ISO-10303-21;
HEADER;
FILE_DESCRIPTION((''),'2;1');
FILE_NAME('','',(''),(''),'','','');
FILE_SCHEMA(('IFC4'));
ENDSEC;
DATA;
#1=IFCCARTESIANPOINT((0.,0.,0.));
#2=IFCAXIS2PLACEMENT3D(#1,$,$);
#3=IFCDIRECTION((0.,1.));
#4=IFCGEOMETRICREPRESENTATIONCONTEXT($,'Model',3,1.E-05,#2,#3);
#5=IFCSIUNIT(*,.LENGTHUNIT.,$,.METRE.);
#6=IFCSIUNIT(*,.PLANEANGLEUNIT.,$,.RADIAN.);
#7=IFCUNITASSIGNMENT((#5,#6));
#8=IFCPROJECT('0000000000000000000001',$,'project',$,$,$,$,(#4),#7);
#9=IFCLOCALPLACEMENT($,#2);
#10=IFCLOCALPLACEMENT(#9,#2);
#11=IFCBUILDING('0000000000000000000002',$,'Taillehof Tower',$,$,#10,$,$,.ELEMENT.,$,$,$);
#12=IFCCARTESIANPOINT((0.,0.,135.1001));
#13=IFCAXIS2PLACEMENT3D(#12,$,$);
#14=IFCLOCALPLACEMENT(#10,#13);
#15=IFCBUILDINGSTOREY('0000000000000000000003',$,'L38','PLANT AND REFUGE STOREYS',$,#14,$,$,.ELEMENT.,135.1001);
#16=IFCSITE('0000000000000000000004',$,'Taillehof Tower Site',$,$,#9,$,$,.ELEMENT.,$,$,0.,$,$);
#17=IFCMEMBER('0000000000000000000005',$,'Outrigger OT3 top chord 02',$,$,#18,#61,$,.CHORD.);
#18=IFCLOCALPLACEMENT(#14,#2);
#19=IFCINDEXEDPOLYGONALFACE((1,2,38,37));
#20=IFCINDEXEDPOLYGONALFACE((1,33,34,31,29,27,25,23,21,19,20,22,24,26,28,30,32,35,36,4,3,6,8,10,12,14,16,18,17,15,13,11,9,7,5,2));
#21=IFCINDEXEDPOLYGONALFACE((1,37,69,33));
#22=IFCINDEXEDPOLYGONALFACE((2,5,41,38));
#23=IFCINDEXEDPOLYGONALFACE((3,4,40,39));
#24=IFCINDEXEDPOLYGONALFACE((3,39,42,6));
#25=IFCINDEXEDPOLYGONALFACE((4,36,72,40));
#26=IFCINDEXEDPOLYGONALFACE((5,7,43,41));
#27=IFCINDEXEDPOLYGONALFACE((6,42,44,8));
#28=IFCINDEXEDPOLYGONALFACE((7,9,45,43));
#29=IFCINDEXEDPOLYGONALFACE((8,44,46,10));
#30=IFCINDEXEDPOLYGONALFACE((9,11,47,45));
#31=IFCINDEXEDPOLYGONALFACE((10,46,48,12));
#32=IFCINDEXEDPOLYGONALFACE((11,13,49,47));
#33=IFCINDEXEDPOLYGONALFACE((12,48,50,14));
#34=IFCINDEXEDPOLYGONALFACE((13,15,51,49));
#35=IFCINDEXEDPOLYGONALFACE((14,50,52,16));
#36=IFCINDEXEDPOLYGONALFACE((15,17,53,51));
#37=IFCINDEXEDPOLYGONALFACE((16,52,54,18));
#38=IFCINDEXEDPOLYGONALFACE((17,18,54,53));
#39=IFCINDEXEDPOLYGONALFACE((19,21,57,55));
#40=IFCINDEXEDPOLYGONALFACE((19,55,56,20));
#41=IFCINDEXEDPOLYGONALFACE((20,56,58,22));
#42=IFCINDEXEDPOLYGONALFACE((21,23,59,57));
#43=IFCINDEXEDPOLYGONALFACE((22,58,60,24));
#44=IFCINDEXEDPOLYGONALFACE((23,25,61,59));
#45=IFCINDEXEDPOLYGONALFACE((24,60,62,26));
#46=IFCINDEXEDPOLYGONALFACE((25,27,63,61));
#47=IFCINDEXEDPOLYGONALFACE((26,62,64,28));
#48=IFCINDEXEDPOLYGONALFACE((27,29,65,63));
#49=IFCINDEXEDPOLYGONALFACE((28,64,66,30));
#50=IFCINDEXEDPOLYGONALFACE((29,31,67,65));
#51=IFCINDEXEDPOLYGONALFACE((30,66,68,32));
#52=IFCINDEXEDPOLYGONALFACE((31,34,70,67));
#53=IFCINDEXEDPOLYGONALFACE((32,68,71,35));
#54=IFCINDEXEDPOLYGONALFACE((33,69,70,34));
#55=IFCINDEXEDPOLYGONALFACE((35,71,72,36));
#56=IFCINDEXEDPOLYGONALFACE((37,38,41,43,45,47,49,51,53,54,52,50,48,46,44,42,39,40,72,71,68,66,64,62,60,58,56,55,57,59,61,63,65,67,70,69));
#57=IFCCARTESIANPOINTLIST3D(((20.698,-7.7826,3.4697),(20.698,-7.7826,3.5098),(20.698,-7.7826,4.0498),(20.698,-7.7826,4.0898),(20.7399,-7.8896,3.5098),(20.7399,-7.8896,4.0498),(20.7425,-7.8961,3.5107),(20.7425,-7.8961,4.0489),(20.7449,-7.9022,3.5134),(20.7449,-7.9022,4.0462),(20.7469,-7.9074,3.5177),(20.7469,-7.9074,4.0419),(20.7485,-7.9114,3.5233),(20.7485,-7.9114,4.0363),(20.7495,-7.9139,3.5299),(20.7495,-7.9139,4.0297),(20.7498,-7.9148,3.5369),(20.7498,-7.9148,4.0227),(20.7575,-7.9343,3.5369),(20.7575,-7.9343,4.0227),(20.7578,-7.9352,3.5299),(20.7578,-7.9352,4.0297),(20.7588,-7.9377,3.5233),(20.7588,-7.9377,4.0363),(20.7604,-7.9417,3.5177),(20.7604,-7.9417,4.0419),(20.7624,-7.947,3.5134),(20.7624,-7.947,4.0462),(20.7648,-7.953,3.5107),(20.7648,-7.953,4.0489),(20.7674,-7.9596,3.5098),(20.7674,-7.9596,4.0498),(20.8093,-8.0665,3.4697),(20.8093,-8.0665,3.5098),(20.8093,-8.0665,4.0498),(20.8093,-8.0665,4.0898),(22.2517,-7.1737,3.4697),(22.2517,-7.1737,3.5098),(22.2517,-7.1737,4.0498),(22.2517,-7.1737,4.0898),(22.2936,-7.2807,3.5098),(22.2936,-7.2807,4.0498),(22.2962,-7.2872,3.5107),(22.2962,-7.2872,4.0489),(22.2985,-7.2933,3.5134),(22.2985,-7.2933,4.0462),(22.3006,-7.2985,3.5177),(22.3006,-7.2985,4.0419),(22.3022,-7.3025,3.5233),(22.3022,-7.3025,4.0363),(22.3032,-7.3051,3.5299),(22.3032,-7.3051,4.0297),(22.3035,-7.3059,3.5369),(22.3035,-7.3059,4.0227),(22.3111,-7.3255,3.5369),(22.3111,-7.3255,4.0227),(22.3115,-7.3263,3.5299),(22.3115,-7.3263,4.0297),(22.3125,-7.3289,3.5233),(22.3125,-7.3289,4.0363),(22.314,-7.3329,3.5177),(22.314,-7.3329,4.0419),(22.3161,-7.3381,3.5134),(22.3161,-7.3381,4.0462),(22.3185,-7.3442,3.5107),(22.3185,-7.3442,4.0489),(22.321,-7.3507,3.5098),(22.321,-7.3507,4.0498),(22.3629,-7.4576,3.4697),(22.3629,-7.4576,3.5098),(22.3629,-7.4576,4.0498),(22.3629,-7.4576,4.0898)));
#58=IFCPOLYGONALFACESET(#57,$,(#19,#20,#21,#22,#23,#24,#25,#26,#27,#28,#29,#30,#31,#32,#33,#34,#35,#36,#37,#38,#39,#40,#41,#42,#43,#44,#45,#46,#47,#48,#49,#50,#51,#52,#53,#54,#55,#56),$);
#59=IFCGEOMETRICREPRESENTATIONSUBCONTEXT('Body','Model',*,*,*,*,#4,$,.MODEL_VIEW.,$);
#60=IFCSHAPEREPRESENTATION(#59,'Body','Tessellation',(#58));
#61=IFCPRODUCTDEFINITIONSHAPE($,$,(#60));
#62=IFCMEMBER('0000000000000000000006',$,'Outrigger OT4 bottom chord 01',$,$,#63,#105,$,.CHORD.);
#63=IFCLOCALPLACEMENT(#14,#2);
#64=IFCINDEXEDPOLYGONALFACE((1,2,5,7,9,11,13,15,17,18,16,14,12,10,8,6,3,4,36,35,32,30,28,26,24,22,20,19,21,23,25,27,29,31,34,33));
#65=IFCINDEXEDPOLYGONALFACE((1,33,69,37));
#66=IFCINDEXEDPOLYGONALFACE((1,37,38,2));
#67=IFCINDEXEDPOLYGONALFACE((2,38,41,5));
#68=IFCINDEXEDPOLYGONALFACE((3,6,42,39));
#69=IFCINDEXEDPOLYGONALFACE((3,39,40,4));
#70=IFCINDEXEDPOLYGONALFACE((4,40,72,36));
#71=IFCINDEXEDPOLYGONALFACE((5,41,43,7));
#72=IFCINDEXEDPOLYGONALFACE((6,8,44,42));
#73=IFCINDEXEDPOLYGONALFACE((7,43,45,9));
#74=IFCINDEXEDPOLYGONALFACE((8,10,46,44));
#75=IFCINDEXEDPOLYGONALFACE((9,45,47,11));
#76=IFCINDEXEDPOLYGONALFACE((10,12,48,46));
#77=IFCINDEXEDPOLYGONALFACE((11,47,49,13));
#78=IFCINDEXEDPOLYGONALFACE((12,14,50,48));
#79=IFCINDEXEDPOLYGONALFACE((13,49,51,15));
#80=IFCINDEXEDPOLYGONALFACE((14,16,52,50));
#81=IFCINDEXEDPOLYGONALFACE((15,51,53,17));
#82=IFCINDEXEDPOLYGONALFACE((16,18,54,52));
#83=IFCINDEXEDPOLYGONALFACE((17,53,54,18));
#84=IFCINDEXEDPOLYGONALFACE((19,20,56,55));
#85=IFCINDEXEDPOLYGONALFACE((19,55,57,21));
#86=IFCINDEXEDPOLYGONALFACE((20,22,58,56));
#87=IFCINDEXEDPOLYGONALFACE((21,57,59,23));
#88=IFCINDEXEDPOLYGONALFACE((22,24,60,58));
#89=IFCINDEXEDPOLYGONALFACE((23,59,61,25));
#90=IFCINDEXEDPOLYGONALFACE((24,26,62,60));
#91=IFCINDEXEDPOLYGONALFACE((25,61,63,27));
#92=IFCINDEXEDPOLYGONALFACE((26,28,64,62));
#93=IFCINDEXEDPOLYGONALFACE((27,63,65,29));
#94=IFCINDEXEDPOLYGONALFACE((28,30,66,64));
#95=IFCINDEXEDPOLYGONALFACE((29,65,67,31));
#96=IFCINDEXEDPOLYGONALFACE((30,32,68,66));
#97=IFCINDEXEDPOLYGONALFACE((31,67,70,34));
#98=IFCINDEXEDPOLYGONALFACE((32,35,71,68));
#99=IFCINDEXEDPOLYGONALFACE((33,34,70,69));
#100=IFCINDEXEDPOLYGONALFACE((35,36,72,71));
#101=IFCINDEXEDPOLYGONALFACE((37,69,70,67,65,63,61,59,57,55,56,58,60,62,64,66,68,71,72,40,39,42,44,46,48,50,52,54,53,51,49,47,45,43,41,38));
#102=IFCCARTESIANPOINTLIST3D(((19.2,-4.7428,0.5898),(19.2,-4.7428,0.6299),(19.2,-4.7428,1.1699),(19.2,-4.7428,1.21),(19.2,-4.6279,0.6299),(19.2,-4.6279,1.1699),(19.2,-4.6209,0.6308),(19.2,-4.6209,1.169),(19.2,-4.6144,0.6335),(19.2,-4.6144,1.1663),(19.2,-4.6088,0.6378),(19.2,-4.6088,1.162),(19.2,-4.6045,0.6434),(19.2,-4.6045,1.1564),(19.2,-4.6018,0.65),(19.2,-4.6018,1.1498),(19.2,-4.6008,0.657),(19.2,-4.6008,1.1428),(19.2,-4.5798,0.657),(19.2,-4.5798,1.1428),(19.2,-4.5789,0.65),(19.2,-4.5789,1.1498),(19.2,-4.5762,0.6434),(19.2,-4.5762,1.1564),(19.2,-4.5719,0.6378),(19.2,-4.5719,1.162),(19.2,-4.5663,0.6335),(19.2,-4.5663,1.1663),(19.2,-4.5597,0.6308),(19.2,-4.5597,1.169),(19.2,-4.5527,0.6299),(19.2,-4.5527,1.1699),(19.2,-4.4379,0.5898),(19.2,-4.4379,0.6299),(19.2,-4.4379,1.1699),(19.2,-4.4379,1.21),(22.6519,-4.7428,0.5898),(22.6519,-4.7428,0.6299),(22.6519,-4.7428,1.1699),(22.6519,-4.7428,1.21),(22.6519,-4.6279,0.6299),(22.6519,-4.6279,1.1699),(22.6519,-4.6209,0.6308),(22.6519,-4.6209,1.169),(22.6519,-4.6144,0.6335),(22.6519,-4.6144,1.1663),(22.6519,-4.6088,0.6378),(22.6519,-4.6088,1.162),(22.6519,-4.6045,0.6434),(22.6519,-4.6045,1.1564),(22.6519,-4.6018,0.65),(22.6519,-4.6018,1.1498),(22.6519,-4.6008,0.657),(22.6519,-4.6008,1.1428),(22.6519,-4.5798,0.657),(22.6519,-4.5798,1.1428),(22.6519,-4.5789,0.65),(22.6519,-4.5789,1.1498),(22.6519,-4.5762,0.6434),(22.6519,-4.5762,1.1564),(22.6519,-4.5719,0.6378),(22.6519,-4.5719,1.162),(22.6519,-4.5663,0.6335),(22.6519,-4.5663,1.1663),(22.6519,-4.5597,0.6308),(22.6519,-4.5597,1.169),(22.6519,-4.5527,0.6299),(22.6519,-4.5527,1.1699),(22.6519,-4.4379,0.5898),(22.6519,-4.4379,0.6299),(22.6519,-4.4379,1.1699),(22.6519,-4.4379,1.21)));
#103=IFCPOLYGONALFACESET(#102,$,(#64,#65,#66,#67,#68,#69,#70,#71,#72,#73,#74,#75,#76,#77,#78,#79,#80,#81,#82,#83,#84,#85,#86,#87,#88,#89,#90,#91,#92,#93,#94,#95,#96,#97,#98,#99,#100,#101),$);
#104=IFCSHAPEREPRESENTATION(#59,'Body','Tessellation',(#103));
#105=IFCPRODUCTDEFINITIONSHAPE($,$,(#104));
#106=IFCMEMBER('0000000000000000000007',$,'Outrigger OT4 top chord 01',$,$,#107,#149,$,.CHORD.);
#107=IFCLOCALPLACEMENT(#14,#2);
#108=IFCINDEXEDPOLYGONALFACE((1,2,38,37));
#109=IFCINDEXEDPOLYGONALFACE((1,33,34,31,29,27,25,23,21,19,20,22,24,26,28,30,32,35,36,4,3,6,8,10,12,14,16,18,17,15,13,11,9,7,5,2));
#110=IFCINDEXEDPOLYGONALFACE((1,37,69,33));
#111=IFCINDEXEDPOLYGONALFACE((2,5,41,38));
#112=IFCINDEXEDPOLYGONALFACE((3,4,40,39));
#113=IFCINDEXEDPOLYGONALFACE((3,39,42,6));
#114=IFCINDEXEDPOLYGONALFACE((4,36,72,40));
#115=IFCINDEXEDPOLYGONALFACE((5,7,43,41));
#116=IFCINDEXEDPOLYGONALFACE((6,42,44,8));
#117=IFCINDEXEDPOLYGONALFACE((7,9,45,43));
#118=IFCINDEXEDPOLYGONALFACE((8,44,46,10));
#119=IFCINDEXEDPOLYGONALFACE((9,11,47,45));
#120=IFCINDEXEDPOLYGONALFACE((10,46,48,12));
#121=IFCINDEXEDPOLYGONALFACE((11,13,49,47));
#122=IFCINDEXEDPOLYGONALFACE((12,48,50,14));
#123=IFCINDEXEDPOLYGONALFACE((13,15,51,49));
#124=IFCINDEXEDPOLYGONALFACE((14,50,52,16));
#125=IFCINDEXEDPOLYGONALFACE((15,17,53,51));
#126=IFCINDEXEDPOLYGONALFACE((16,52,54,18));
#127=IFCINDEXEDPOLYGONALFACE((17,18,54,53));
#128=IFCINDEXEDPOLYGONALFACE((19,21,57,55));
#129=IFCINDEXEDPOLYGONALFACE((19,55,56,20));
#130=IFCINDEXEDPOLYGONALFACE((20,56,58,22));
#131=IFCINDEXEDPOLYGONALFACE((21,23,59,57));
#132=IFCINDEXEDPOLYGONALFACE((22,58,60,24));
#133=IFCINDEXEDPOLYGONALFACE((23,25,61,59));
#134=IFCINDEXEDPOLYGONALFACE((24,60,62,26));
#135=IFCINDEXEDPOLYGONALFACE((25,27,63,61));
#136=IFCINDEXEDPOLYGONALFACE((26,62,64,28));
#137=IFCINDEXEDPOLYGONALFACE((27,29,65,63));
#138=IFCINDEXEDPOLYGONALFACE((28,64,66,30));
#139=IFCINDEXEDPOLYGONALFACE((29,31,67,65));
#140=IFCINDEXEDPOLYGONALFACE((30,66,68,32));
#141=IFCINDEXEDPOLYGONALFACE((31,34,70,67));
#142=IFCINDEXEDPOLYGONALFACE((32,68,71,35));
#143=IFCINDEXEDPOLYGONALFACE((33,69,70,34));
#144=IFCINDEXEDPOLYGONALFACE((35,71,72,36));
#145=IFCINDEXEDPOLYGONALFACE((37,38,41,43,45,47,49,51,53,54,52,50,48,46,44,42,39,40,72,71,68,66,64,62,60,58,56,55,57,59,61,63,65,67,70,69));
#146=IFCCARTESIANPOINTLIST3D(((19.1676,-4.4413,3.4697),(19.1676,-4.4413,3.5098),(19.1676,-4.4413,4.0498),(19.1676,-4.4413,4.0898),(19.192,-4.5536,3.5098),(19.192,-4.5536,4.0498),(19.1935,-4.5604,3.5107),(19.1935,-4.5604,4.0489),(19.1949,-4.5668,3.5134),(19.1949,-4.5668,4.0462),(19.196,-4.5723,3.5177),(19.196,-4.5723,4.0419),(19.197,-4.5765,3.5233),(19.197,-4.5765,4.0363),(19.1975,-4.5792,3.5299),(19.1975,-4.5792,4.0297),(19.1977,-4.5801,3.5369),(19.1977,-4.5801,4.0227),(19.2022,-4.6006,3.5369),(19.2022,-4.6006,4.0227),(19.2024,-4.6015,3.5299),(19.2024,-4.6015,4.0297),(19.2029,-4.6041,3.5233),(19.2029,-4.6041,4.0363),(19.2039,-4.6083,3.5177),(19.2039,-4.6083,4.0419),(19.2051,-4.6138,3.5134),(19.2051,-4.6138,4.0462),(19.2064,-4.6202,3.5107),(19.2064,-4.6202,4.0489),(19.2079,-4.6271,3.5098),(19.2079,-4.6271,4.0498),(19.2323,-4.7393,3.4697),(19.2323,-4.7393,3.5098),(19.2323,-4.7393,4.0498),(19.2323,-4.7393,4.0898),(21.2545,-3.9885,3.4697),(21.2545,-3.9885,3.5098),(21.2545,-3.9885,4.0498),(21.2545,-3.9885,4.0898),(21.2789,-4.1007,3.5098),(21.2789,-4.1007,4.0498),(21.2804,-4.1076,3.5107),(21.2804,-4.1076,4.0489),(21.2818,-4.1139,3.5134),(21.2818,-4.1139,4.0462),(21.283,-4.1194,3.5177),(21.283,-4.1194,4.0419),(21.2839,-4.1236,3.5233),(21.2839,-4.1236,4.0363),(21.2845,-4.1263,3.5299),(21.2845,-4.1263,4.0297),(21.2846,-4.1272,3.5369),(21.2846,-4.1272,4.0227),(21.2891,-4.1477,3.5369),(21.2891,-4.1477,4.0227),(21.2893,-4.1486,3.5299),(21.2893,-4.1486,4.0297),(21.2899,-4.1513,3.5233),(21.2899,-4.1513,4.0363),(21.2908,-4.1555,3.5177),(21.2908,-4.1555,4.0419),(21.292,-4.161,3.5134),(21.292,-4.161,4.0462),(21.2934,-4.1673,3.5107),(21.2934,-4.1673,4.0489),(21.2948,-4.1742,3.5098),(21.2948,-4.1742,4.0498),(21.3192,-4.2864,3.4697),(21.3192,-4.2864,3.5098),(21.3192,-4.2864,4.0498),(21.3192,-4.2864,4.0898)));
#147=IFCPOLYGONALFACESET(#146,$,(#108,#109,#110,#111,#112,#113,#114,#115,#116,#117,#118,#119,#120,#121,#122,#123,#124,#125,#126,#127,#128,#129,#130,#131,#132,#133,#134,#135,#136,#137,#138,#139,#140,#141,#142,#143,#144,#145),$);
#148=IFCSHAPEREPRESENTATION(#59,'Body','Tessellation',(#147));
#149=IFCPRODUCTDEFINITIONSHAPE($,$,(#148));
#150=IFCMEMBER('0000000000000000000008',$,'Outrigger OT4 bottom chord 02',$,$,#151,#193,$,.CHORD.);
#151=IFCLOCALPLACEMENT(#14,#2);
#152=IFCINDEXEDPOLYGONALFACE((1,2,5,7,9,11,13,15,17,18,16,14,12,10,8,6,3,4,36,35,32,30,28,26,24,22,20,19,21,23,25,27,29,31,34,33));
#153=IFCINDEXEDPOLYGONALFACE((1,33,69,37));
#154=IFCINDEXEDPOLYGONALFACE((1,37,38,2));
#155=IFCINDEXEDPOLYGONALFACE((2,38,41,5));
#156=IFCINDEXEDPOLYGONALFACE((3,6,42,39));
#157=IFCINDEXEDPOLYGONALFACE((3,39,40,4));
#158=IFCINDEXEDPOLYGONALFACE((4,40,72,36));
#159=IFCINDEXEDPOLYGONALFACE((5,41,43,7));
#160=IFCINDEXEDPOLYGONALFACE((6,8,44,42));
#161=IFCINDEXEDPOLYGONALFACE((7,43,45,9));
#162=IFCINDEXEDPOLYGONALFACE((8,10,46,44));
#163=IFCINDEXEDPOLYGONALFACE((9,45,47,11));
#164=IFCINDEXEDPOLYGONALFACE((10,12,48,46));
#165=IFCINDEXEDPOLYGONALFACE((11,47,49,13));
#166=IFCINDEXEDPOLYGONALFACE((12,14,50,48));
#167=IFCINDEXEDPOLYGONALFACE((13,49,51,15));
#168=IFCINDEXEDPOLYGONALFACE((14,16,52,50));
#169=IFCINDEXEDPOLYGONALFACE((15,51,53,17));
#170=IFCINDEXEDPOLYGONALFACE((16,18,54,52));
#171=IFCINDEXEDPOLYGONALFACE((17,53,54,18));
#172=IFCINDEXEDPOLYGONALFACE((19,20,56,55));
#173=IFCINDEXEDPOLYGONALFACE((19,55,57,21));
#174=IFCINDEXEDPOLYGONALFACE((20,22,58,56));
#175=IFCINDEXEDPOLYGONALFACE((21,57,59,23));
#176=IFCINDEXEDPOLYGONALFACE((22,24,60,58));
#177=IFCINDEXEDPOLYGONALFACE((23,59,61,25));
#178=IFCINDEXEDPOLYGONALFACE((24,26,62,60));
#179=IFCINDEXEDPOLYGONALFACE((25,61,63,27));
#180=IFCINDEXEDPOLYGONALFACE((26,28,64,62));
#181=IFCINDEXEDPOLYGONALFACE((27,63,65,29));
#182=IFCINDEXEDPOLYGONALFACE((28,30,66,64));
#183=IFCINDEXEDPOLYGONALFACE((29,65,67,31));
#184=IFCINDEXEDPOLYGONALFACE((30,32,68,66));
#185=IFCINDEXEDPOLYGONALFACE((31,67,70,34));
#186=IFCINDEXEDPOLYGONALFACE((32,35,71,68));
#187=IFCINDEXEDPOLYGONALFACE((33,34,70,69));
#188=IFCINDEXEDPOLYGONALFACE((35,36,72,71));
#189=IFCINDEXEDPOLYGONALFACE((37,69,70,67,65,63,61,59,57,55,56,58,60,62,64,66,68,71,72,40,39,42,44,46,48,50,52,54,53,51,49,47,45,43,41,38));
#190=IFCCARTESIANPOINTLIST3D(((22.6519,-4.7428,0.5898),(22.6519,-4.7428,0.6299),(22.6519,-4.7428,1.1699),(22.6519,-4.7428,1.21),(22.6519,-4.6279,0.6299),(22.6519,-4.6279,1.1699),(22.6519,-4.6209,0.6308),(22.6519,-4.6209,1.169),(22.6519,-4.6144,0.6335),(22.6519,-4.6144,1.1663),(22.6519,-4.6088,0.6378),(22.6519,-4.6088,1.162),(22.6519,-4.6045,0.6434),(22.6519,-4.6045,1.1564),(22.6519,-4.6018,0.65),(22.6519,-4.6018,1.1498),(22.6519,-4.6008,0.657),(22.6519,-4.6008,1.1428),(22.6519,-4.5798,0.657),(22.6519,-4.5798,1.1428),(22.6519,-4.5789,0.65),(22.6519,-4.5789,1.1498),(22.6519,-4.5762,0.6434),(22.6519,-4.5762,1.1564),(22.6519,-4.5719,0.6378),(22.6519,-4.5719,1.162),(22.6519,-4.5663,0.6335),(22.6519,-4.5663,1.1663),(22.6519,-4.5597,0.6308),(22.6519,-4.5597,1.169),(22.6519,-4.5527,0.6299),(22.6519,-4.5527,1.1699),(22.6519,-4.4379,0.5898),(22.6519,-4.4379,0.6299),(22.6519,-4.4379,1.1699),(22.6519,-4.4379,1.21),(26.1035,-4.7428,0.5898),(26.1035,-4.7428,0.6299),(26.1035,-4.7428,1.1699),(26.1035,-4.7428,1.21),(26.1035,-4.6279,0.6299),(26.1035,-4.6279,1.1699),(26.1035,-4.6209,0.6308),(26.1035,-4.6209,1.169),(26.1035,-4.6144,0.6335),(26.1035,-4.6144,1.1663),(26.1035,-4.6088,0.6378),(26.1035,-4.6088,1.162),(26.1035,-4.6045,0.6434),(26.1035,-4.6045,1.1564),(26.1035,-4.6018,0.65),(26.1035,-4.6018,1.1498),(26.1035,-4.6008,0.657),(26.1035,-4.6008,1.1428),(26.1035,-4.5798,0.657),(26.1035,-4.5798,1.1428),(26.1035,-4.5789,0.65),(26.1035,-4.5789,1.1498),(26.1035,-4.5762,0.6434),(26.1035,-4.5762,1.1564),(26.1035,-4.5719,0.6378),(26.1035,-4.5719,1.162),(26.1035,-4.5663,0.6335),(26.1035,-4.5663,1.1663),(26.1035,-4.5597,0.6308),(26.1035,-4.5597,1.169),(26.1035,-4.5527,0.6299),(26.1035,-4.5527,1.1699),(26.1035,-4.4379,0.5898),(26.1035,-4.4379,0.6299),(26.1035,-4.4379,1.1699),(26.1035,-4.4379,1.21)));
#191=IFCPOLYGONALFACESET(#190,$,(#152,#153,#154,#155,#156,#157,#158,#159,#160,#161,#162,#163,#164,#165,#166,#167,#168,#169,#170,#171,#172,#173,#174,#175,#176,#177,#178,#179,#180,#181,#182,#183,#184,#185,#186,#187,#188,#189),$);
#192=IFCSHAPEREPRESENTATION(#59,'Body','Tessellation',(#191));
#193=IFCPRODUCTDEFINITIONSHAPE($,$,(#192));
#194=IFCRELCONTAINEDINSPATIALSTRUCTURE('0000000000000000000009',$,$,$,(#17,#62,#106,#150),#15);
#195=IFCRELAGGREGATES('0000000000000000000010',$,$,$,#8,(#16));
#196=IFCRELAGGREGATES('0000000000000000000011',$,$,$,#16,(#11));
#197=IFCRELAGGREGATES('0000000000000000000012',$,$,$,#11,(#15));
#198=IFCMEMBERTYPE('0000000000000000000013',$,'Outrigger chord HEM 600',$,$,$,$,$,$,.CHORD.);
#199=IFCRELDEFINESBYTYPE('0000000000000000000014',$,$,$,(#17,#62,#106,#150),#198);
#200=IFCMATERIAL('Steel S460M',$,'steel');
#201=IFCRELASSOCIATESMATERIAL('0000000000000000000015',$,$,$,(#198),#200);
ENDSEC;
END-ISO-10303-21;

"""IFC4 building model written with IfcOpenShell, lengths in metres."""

from ifc_helpers import new_model, si_unit, direction, frame, origin, origin_2d, place, context, subcontext, project, spatial, i_section, extrude, material, material_profile, profile_set, type_object, element, save


model = new_model("IFC4")

# Units and contexts
model_context = context("Model", 3, precision=1e-05, world=origin(), true_north=direction((0.0, 1.0)))
body_context = subcontext(model_context, "Body", "Model", "MODEL_VIEW")
ifc_project = project(units=[si_unit("LENGTHUNIT", "METRE"), si_unit("PLANEANGLEUNIT", "RADIAN")], contexts=[model_context])

# Site, building, storey
site_placement = place(None, origin())
site = spatial("IfcSite", under=ifc_project, at=site_placement, Name="Taillehof Tower Site", CompositionType="ELEMENT", RefElevation=0.0)
building_placement = place(site_placement, origin())
building = spatial("IfcBuilding", under=site, at=building_placement, Name="Taillehof Tower", CompositionType="ELEMENT")
storey_placement = place(building_placement, frame((0.0, 0.0, 135.1001)))
storey = spatial("IfcBuildingStorey", under=building, at=storey_placement, Name="L38", Description="PLANT AND REFUGE STOREYS", CompositionType="ELEMENT", Elevation=135.1001)

# Members
ifc_material_1 = material(Name="Steel S460M", Category="steel")
ifc_material_profile_1 = material_profile(ifc_material_1, i_section(OverallWidth=0.3049, OverallDepth=0.6201, WebThickness=0.021, FlangeThickness=0.04, FilletRadius=0.0271, at=origin_2d()), Name="HEM 600")
ifc_profile_set_1 = profile_set([ifc_material_profile_1], Name="Steel S460M")
member_type_1 = type_object("IfcMemberType", Name="Outrigger chord HEM 600", PredefinedType="CHORD", material=ifc_profile_set_1)
member_1_placement = place(storey_placement, frame((20.7537, -7.9246, 3.7798), z_axis=(0.931057, 0.364874, 0.0), x_axis=(-0.364874, 0.931057, 0.0)))
element("IfcMember", 1, at=member_1_placement, inside=storey, type_object=member_type_1, Name="Outrigger OT3 top chord 02", PredefinedType="CHORD", context=body_context, shape_type="SweptSolid", body=[
    extrude(i_section(OverallWidth=0.3049, OverallDepth=0.6201, WebThickness=0.021, FlangeThickness=0.04, FilletRadius=0.0271, at=origin_2d()), origin(), (0.0, 0.0, 1.0), 1.6687),
])
member_2_placement = place(storey_placement, frame((19.2, -4.5903, 0.8999), z_axis=(1.0, 0.0, 0.0), x_axis=(0.0, 1.0, 0.0)))
element("IfcMember", 2, at=member_2_placement, inside=storey, type_object=member_type_1, Name="Outrigger OT4 bottom chord 01", PredefinedType="CHORD", context=body_context, shape_type="SweptSolid", body=[
    extrude(i_section(OverallWidth=0.3049, OverallDepth=0.6201, WebThickness=0.021, FlangeThickness=0.04, FilletRadius=0.0271, at=origin_2d()), origin(), (0.0, 0.0, 1.0), 3.4519),
])
member_3_placement = place(storey_placement, frame((19.2, -4.5903, 3.7798), z_axis=(0.977254, 0.212074, 0.0), x_axis=(-0.212074, 0.977254, 0.0)))
element("IfcMember", 3, at=member_3_placement, inside=storey, type_object=member_type_1, Name="Outrigger OT4 top chord 01", PredefinedType="CHORD", context=body_context, shape_type="SweptSolid", body=[
    extrude(i_section(OverallWidth=0.3049, OverallDepth=0.6201, WebThickness=0.021, FlangeThickness=0.04, FilletRadius=0.0271, at=origin_2d()), origin(), (0.0, 0.0, 1.0), 2.1355),
])
member_4_placement = place(storey_placement, frame((22.6519, -4.5903, 0.8999), z_axis=(1.0, 0.0, 0.0), x_axis=(0.0, 1.0, 0.0)))
element("IfcMember", 4, at=member_4_placement, inside=storey, type_object=member_type_1, Name="Outrigger OT4 bottom chord 02", PredefinedType="CHORD", context=body_context, shape_type="SweptSolid", body=[
    extrude(i_section(OverallWidth=0.3049, OverallDepth=0.6201, WebThickness=0.021, FlangeThickness=0.04, FilletRadius=0.0271, at=origin_2d()), origin(), (0.0, 0.0, 1.0), 3.4517),
])

save(model, "model.ifc")
